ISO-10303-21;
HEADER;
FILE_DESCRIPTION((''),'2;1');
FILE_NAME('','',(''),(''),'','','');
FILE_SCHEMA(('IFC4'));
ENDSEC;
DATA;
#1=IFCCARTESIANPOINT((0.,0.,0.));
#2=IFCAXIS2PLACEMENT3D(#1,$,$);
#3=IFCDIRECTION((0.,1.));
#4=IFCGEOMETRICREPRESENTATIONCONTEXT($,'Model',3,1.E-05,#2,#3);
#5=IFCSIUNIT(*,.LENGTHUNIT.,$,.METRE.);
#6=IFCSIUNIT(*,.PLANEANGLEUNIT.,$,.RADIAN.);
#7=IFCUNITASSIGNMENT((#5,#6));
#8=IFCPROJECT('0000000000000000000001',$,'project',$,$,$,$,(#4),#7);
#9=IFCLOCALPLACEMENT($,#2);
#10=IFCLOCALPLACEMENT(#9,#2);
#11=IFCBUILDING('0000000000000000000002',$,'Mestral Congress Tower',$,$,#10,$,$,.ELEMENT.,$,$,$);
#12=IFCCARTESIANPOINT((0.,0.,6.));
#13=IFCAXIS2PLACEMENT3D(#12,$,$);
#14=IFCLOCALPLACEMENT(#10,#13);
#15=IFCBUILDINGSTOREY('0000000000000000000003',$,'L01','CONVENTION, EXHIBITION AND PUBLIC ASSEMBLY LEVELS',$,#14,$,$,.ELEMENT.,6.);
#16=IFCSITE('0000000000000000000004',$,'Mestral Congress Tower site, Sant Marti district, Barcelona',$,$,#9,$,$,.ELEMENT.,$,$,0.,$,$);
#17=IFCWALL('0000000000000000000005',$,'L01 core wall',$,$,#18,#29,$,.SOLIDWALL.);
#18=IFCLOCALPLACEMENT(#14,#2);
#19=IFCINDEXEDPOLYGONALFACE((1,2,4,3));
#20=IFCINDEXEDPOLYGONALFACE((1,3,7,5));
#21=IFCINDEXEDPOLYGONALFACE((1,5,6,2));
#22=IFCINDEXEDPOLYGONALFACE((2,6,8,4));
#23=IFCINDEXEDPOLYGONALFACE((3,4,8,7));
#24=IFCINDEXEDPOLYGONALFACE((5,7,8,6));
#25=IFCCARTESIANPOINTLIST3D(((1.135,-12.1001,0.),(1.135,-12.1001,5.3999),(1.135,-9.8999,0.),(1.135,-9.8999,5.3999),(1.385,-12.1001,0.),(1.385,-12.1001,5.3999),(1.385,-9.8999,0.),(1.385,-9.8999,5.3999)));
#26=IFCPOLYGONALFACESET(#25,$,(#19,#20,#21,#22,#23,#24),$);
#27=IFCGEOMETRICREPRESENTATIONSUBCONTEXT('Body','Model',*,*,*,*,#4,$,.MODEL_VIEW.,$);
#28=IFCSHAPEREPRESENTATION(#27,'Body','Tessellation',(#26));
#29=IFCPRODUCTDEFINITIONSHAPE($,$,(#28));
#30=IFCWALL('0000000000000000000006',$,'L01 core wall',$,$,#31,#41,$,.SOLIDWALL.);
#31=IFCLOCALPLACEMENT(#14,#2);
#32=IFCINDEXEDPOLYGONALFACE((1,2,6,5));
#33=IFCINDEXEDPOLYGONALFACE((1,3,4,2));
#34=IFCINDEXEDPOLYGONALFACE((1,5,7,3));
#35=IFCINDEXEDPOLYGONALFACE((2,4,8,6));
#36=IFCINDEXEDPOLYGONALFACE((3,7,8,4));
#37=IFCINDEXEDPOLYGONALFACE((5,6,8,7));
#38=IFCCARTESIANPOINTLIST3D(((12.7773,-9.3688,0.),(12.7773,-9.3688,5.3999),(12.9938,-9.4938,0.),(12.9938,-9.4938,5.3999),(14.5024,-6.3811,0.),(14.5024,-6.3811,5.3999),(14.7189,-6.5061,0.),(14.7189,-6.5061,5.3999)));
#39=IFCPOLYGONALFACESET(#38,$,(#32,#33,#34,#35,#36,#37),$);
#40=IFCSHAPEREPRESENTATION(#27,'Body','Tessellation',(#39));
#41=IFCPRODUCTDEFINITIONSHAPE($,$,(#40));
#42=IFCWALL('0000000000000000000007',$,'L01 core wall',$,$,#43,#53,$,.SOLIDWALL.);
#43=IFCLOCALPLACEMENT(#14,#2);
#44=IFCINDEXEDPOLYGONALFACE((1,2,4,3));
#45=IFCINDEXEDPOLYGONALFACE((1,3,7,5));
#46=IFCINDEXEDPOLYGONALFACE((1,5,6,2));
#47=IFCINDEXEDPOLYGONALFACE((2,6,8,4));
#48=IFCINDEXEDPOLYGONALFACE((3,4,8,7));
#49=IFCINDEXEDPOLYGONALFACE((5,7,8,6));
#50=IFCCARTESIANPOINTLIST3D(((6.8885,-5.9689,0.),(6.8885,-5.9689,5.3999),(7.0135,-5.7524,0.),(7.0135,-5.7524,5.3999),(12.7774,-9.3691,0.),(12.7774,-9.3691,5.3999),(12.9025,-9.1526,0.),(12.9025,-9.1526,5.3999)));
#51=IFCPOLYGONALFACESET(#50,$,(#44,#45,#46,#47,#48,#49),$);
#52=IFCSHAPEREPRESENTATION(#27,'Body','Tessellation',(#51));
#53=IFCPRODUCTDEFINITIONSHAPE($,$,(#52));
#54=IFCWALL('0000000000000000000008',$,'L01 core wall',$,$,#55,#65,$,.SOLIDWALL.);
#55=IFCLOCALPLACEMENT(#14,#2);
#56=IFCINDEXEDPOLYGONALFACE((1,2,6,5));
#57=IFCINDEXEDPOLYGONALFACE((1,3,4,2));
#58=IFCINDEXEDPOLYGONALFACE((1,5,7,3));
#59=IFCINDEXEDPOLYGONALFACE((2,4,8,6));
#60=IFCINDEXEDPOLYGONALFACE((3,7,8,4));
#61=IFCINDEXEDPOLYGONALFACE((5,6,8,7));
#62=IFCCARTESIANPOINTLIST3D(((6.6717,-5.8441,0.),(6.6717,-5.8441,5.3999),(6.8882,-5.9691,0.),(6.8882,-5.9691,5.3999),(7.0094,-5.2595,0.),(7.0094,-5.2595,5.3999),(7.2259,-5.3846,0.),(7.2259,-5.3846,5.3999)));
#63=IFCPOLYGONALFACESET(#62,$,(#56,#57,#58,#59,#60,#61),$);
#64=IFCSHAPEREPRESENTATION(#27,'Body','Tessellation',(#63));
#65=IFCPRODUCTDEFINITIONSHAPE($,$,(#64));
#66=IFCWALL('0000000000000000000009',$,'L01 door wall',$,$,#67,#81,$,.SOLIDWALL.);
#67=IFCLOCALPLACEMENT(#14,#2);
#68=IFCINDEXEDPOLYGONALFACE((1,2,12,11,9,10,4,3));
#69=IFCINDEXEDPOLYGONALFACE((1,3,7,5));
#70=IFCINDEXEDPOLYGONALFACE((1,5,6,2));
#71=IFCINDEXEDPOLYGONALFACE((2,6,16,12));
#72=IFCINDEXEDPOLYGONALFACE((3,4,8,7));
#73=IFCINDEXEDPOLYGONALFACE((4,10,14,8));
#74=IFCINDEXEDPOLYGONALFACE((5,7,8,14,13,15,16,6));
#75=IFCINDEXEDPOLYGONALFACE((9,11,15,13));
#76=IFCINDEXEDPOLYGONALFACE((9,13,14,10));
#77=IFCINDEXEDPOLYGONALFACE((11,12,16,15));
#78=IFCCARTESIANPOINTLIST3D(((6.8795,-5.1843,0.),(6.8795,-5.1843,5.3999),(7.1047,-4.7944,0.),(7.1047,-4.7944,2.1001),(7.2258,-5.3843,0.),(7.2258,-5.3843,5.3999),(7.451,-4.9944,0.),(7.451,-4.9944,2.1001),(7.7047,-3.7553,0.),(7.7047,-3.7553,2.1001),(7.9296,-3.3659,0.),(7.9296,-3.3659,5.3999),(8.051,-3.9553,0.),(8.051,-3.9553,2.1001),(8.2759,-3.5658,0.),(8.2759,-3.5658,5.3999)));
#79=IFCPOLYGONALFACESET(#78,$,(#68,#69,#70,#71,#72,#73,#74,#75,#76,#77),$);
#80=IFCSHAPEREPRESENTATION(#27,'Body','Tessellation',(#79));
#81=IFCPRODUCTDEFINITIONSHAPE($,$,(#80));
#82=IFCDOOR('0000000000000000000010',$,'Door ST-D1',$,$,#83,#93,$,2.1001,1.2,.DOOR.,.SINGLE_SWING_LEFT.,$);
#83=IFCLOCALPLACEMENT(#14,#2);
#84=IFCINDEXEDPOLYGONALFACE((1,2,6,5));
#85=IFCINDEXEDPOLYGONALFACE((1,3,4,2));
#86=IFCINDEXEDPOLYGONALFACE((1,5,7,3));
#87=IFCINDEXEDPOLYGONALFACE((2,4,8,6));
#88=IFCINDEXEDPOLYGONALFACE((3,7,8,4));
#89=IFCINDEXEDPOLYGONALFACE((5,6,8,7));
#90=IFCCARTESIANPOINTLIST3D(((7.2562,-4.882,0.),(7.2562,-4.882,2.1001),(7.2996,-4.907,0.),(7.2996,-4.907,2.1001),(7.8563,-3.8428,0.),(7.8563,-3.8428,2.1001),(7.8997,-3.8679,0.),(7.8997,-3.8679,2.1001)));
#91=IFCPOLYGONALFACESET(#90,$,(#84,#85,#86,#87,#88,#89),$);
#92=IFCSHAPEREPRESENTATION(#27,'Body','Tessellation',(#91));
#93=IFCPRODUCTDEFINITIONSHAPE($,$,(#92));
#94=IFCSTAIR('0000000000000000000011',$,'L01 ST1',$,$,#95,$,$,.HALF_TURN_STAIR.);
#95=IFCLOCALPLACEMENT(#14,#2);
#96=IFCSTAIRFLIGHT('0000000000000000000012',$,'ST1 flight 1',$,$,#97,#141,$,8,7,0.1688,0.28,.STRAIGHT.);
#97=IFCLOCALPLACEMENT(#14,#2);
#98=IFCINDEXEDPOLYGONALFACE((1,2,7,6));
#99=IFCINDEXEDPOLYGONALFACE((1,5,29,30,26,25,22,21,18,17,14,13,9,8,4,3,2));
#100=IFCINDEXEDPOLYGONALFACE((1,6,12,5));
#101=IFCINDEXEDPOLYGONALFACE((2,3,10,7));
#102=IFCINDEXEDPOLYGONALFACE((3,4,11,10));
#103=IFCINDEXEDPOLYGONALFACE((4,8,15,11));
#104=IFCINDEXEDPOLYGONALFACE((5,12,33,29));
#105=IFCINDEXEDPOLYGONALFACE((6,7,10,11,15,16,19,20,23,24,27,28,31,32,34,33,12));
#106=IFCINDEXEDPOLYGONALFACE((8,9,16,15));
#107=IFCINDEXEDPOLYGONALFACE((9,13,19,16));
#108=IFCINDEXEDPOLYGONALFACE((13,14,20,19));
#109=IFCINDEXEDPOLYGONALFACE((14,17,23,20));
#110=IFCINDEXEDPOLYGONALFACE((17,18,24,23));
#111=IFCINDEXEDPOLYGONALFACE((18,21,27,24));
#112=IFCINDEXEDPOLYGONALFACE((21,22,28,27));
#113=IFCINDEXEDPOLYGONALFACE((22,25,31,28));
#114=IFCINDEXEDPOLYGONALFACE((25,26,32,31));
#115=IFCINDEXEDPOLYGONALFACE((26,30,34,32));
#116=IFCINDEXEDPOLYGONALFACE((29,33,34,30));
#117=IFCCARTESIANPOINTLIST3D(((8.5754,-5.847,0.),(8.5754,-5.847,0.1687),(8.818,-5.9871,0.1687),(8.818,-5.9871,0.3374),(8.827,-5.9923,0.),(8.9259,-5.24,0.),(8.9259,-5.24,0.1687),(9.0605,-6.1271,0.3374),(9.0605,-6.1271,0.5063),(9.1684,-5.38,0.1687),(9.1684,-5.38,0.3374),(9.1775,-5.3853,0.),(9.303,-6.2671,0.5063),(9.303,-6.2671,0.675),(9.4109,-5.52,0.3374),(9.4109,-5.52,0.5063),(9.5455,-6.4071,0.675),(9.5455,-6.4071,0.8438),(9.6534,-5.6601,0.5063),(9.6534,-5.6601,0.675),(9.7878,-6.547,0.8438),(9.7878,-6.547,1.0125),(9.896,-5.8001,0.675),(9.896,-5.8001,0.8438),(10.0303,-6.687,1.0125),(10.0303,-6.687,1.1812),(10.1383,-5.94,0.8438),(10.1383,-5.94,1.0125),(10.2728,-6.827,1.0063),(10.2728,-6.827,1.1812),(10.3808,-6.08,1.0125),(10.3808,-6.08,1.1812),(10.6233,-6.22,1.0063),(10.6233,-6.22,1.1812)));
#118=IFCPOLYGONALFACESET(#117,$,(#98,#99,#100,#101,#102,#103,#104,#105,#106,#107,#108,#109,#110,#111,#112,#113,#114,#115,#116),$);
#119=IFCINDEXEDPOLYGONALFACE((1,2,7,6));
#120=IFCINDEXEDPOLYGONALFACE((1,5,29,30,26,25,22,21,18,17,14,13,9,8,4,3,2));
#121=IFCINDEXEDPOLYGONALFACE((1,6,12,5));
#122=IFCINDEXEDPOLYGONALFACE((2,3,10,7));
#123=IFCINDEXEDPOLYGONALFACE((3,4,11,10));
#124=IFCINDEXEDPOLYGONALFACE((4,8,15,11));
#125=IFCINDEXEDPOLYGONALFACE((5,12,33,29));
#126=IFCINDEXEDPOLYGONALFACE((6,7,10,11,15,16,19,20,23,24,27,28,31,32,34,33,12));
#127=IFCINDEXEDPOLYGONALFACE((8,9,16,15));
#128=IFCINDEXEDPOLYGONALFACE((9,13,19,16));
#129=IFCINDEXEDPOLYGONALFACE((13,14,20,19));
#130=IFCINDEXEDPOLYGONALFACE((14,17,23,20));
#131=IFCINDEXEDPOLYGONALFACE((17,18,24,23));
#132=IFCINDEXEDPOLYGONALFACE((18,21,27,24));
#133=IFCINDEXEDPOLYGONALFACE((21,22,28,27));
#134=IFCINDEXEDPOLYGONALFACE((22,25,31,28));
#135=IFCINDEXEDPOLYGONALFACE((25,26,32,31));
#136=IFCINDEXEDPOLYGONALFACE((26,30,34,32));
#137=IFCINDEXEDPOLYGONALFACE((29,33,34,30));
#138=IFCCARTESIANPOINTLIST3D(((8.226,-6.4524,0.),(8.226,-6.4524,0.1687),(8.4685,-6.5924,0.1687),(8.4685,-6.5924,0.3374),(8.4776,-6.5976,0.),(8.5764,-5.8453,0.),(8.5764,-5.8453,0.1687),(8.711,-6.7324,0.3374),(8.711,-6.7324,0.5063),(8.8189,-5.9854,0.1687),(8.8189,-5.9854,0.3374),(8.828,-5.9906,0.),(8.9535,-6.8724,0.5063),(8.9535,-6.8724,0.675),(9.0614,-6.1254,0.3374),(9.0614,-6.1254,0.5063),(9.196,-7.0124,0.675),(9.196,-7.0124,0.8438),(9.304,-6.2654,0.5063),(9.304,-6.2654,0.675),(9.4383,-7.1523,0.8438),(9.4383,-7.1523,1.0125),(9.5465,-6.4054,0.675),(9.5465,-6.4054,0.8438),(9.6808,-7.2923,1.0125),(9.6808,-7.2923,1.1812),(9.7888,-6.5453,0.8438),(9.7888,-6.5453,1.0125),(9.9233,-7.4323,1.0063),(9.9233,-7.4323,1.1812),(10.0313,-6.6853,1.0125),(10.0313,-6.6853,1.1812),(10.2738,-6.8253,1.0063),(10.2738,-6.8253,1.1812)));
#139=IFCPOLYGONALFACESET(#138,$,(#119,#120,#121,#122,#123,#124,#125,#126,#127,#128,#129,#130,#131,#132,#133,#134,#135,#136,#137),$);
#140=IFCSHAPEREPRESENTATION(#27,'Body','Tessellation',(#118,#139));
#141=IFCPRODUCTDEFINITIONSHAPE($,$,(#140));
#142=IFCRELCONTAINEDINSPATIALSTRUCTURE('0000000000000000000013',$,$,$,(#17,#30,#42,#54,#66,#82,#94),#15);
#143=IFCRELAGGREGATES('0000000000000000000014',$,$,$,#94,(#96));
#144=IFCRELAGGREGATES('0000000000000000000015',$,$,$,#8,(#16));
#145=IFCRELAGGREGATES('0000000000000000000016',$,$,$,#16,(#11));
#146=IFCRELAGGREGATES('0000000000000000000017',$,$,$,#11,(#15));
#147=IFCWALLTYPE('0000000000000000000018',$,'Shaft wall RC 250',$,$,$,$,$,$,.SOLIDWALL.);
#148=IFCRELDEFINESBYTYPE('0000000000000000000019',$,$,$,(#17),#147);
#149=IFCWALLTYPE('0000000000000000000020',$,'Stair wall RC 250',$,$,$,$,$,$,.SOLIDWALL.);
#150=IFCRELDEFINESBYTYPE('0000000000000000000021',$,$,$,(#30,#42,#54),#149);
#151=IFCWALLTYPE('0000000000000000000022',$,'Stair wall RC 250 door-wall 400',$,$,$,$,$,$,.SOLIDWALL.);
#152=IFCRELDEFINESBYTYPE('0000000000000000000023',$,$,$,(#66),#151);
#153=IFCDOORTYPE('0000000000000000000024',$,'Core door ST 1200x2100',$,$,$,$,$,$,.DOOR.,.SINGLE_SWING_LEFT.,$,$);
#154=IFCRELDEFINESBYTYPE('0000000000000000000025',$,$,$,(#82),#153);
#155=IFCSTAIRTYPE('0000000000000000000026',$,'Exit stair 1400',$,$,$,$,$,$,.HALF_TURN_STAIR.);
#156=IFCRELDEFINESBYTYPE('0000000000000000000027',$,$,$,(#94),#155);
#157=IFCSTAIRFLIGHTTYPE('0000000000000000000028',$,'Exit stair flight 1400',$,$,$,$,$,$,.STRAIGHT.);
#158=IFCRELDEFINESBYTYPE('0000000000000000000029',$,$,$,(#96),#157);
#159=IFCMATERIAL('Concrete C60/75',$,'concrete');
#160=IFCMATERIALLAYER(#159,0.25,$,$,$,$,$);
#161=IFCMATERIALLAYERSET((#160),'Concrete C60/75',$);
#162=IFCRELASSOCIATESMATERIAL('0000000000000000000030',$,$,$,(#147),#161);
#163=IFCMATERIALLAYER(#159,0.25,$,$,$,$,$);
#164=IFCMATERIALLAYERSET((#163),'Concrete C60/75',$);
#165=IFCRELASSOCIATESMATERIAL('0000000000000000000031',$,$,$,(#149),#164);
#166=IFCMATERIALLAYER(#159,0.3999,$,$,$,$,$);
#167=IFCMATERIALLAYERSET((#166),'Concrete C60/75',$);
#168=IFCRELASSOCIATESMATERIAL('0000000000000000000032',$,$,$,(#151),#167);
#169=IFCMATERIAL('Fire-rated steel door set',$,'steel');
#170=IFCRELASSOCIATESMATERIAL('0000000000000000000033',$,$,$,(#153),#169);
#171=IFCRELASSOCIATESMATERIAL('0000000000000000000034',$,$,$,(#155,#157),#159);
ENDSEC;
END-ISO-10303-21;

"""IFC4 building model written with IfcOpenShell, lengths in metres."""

from ifc_helpers import new_model, si_unit, direction, frame, frame_2d, origin, place, context, subcontext, project, spatial, polyline, rectangle, outline, extrude, material, layer, layer_set, type_object, element, fill, aggregate, save


model = new_model("IFC4")

# Units and contexts
model_context = context("Model", 3, precision=1e-05, world=origin(), true_north=direction((0.0, 1.0)))
body_context = subcontext(model_context, "Body", "Model", "MODEL_VIEW")
ifc_project = project(units=[si_unit("LENGTHUNIT", "METRE"), si_unit("PLANEANGLEUNIT", "RADIAN")], contexts=[model_context])

# Site, building, storey
site_placement = place(None, origin())
site = spatial("IfcSite", under=ifc_project, at=site_placement, Name="Mestral Congress Tower site, Sant Marti district, Barcelona", CompositionType="ELEMENT", RefElevation=0.0)
building_placement = place(site_placement, origin())
building = spatial("IfcBuilding", under=site, at=building_placement, Name="Mestral Congress Tower", CompositionType="ELEMENT")
storey_placement = place(building_placement, frame((0.0, 0.0, 6.0)))
storey = spatial("IfcBuildingStorey", under=building, at=storey_placement, Name="L01", Description="CONVENTION, EXHIBITION AND PUBLIC ASSEMBLY LEVELS", CompositionType="ELEMENT", Elevation=6.0)

# Shared definitions
ifc_material_1 = material(Name="Fire-rated steel door set", Category="steel")

# Walls
ifc_material_2 = material(Name="Concrete C60/75", Category="concrete")
ifc_layer_1 = layer(ifc_material_2, 0.25)
ifc_layer_set_1 = layer_set([ifc_layer_1], Name="Concrete C60/75")
wall_type_1 = type_object("IfcWallType", Name="Shaft wall RC 250", PredefinedType="SOLIDWALL", material=ifc_layer_set_1)
for number, where, z_axis, x_axis, name in (
    (1, (1.26, -9.8999, 0.0), (0.0, 0.0, 1.0), (0.0, -1.0, 0.0), "L01 core wall"),
):
    element("IfcWall", number, at=place(storey_placement, frame(where, z_axis=z_axis, x_axis=x_axis)), inside=storey, type_object=wall_type_1, Name=name, PredefinedType="SOLIDWALL", context=body_context, shape_type="SweptSolid", body=[
        extrude(rectangle(XDim=2.2002, YDim=0.25, at=frame_2d((1.1001, 0.0))), origin(), (0.0, 0.0, 1.0), 5.3999),
    ])
ifc_layer_2 = layer(ifc_material_2, 0.25)
ifc_layer_set_2 = layer_set([ifc_layer_2], Name="Concrete C60/75")
wall_type_2 = type_object("IfcWallType", Name="Stair wall RC 250", PredefinedType="SOLIDWALL", material=ifc_layer_set_2)
wall_1_placement = place(storey_placement, frame((12.8855, -9.4314, 0.0), z_axis=(0.0, 0.0, 1.0), x_axis=(0.500021, 0.866014, 0.0)))
element("IfcWall", 2, at=wall_1_placement, inside=storey, type_object=wall_type_2, Name="L01 core wall", PredefinedType="SOLIDWALL", context=body_context, shape_type="SweptSolid", body=[
    extrude(rectangle(XDim=3.45, YDim=0.25, at=frame_2d((1.7251, 0.0))), origin(), (0.0, 0.0, 1.0), 5.3999),
])
wall_2_placement = place(storey_placement, frame((12.8398, -9.2607, 0.0), z_axis=(0.0, 0.0, 1.0), x_axis=(-0.866014, 0.50002, 0.0)))
element("IfcWall", 3, at=wall_2_placement, inside=storey, type_object=wall_type_2, Name="L01 core wall", PredefinedType="SOLIDWALL", context=body_context, shape_type="SweptSolid", body=[
    extrude(rectangle(XDim=6.8, YDim=0.25, at=frame_2d((3.3999, 0.0))), origin(), (0.0, 0.0, 1.0), 5.3999),
])
wall_3_placement = place(storey_placement, frame((6.78, -5.9065, 0.0), z_axis=(0.0, 0.0, 1.0), x_axis=(0.500223, 0.865896, 0.0)))
element("IfcWall", 4, at=wall_3_placement, inside=storey, type_object=wall_type_2, Name="L01 core wall", PredefinedType="SOLIDWALL", context=body_context, shape_type="SweptSolid", body=[
    extrude(rectangle(XDim=0.675, YDim=0.25, at=frame_2d((0.3374, 0.0))), origin(), (0.0, 0.0, 1.0), 5.3999),
])

# Wall, opening, door
ifc_layer_3 = layer(ifc_material_2, 0.3999)
ifc_layer_set_3 = layer_set([ifc_layer_3], Name="Concrete C60/75")
wall_type_3 = type_object("IfcWallType", Name="Stair wall RC 250 door-wall 400", PredefinedType="SOLIDWALL", material=ifc_layer_set_3)
wall_4_placement = place(storey_placement, frame((7.0527, -5.2842, 0.0), z_axis=(0.0, 0.0, 1.0), x_axis=(0.500078, 0.86598, 0.0)))
wall_4 = element("IfcWall", 5, at=wall_4_placement, inside=storey, type_object=wall_type_3, Name="L01 door wall", PredefinedType="SOLIDWALL", context=body_context, shape_type="SweptSolid", body=[
    extrude(rectangle(XDim=2.0999, YDim=0.3999, at=frame_2d((1.0498, 0.0))), origin(), (0.0, 0.0, 1.0), 5.3999),
])
opening_1_placement = place(wall_4_placement, frame((0.45, 0.0, 0.0)))
opening_1 = element("IfcOpeningElement", 6, at=opening_1_placement, cuts=wall_4, PredefinedType="OPENING", context=body_context, shape_type="SweptSolid", body=[
    extrude(rectangle(XDim=1.2, YDim=2.1001, at=frame_2d((0.6001, 1.05))), frame((0.0, 0.21, 0.0), z_axis=(0.0, -1.0, 0.0), x_axis=(1.0, 0.0, 0.0)), (0.0, 0.0, 1.0), 0.4199),
])
door_type_1 = type_object("IfcDoorType", Name="Core door ST 1200x2100", OperationType="SINGLE_SWING_LEFT", PredefinedType="DOOR", material=ifc_material_1)
door_1_placement = place(opening_1_placement, origin())
door_1 = element("IfcDoor", 7, at=door_1_placement, inside=storey, type_object=door_type_1, Name="Door ST-D1", OperationType="SINGLE_SWING_LEFT", OverallHeight=2.1001, OverallWidth=1.2, PredefinedType="DOOR", context=body_context, shape_type="SweptSolid", body=[
    extrude(rectangle(XDim=1.2, YDim=2.1001, at=frame_2d((0.6001, 1.05))), frame((0.0, 0.0249, 0.0), z_axis=(0.0, -1.0, 0.0), x_axis=(1.0, 0.0, 0.0)), (0.0, 0.0, 1.0), 0.05),
])
fill(opening_1, door_1)

# Stair, stair flight
stair_type = type_object("IfcStairType", Name="Exit stair 1400", PredefinedType="HALF_TURN_STAIR", material=ifc_material_2)
stair_placement = place(storey_placement, origin())
stair = element("IfcStair", 8, at=stair_placement, inside=storey, type_object=stair_type, Name="L01 ST1", PredefinedType="HALF_TURN_STAIR")
stair_flight_type = type_object("IfcStairFlightType", Name="Exit stair flight 1400", PredefinedType="STRAIGHT", material=ifc_material_2)
stair_flight_1_placement = place(storey_placement, frame((8.5759, -5.8462, 0.0), z_axis=(0.0, 0.0, 1.0), x_axis=(0.866025, -0.5, 0.0)))
stair_flight_1 = element("IfcStairFlight", 9, at=stair_flight_1_placement, type_object=stair_flight_type, Name="ST1 flight 1", NumberOfRisers=8, NumberOfTreads=7, PredefinedType="STRAIGHT", RiserHeight=0.1688, TreadLength=0.28, context=body_context, shape_type="SweptSolid", body=[
    extrude(outline(polyline([(0.0, 0.0), (0.0, 0.1687), (0.28, 0.1687), (0.28, 0.3374), (0.5601, 0.3374), (0.5601, 0.5063), (0.8401, 0.5063), (0.8401, 0.675), (1.1201, 0.675), (1.1201, 0.8438), (1.3999, 0.8438), (1.3999, 1.0125), (1.6799, 1.0125), (1.6799, 1.1812), (1.96, 1.1812), (1.96, 1.3501), (1.96, 1.0063), (0.2905, 0.0), (0.0, 0.0)])), frame((0.0, 0.7, 0.0), z_axis=(0.0, -1.0, 0.0), x_axis=(1.0, 0.0, 0.0)), (0.0, 0.0, 1.0), 0.7009),
    extrude(outline(polyline([(0.0, 0.0), (0.0, 0.1687), (0.28, 0.1687), (0.28, 0.3374), (0.5601, 0.3374), (0.5601, 0.5063), (0.8401, 0.5063), (0.8401, 0.675), (1.1201, 0.675), (1.1201, 0.8438), (1.3999, 0.8438), (1.3999, 1.0125), (1.6799, 1.0125), (1.6799, 1.1812), (1.96, 1.1812), (1.96, 1.3501), (1.96, 1.0063), (0.2905, 0.0), (0.0, 0.0)])), frame((0.0, 0.001, 0.0), z_axis=(0.0, -1.0, 0.0), x_axis=(1.0, 0.0, 0.0)), (0.0, 0.0, 1.0), 0.7009),
])
aggregate(stair, [stair_flight_1])

save(model, "model.ifc")
